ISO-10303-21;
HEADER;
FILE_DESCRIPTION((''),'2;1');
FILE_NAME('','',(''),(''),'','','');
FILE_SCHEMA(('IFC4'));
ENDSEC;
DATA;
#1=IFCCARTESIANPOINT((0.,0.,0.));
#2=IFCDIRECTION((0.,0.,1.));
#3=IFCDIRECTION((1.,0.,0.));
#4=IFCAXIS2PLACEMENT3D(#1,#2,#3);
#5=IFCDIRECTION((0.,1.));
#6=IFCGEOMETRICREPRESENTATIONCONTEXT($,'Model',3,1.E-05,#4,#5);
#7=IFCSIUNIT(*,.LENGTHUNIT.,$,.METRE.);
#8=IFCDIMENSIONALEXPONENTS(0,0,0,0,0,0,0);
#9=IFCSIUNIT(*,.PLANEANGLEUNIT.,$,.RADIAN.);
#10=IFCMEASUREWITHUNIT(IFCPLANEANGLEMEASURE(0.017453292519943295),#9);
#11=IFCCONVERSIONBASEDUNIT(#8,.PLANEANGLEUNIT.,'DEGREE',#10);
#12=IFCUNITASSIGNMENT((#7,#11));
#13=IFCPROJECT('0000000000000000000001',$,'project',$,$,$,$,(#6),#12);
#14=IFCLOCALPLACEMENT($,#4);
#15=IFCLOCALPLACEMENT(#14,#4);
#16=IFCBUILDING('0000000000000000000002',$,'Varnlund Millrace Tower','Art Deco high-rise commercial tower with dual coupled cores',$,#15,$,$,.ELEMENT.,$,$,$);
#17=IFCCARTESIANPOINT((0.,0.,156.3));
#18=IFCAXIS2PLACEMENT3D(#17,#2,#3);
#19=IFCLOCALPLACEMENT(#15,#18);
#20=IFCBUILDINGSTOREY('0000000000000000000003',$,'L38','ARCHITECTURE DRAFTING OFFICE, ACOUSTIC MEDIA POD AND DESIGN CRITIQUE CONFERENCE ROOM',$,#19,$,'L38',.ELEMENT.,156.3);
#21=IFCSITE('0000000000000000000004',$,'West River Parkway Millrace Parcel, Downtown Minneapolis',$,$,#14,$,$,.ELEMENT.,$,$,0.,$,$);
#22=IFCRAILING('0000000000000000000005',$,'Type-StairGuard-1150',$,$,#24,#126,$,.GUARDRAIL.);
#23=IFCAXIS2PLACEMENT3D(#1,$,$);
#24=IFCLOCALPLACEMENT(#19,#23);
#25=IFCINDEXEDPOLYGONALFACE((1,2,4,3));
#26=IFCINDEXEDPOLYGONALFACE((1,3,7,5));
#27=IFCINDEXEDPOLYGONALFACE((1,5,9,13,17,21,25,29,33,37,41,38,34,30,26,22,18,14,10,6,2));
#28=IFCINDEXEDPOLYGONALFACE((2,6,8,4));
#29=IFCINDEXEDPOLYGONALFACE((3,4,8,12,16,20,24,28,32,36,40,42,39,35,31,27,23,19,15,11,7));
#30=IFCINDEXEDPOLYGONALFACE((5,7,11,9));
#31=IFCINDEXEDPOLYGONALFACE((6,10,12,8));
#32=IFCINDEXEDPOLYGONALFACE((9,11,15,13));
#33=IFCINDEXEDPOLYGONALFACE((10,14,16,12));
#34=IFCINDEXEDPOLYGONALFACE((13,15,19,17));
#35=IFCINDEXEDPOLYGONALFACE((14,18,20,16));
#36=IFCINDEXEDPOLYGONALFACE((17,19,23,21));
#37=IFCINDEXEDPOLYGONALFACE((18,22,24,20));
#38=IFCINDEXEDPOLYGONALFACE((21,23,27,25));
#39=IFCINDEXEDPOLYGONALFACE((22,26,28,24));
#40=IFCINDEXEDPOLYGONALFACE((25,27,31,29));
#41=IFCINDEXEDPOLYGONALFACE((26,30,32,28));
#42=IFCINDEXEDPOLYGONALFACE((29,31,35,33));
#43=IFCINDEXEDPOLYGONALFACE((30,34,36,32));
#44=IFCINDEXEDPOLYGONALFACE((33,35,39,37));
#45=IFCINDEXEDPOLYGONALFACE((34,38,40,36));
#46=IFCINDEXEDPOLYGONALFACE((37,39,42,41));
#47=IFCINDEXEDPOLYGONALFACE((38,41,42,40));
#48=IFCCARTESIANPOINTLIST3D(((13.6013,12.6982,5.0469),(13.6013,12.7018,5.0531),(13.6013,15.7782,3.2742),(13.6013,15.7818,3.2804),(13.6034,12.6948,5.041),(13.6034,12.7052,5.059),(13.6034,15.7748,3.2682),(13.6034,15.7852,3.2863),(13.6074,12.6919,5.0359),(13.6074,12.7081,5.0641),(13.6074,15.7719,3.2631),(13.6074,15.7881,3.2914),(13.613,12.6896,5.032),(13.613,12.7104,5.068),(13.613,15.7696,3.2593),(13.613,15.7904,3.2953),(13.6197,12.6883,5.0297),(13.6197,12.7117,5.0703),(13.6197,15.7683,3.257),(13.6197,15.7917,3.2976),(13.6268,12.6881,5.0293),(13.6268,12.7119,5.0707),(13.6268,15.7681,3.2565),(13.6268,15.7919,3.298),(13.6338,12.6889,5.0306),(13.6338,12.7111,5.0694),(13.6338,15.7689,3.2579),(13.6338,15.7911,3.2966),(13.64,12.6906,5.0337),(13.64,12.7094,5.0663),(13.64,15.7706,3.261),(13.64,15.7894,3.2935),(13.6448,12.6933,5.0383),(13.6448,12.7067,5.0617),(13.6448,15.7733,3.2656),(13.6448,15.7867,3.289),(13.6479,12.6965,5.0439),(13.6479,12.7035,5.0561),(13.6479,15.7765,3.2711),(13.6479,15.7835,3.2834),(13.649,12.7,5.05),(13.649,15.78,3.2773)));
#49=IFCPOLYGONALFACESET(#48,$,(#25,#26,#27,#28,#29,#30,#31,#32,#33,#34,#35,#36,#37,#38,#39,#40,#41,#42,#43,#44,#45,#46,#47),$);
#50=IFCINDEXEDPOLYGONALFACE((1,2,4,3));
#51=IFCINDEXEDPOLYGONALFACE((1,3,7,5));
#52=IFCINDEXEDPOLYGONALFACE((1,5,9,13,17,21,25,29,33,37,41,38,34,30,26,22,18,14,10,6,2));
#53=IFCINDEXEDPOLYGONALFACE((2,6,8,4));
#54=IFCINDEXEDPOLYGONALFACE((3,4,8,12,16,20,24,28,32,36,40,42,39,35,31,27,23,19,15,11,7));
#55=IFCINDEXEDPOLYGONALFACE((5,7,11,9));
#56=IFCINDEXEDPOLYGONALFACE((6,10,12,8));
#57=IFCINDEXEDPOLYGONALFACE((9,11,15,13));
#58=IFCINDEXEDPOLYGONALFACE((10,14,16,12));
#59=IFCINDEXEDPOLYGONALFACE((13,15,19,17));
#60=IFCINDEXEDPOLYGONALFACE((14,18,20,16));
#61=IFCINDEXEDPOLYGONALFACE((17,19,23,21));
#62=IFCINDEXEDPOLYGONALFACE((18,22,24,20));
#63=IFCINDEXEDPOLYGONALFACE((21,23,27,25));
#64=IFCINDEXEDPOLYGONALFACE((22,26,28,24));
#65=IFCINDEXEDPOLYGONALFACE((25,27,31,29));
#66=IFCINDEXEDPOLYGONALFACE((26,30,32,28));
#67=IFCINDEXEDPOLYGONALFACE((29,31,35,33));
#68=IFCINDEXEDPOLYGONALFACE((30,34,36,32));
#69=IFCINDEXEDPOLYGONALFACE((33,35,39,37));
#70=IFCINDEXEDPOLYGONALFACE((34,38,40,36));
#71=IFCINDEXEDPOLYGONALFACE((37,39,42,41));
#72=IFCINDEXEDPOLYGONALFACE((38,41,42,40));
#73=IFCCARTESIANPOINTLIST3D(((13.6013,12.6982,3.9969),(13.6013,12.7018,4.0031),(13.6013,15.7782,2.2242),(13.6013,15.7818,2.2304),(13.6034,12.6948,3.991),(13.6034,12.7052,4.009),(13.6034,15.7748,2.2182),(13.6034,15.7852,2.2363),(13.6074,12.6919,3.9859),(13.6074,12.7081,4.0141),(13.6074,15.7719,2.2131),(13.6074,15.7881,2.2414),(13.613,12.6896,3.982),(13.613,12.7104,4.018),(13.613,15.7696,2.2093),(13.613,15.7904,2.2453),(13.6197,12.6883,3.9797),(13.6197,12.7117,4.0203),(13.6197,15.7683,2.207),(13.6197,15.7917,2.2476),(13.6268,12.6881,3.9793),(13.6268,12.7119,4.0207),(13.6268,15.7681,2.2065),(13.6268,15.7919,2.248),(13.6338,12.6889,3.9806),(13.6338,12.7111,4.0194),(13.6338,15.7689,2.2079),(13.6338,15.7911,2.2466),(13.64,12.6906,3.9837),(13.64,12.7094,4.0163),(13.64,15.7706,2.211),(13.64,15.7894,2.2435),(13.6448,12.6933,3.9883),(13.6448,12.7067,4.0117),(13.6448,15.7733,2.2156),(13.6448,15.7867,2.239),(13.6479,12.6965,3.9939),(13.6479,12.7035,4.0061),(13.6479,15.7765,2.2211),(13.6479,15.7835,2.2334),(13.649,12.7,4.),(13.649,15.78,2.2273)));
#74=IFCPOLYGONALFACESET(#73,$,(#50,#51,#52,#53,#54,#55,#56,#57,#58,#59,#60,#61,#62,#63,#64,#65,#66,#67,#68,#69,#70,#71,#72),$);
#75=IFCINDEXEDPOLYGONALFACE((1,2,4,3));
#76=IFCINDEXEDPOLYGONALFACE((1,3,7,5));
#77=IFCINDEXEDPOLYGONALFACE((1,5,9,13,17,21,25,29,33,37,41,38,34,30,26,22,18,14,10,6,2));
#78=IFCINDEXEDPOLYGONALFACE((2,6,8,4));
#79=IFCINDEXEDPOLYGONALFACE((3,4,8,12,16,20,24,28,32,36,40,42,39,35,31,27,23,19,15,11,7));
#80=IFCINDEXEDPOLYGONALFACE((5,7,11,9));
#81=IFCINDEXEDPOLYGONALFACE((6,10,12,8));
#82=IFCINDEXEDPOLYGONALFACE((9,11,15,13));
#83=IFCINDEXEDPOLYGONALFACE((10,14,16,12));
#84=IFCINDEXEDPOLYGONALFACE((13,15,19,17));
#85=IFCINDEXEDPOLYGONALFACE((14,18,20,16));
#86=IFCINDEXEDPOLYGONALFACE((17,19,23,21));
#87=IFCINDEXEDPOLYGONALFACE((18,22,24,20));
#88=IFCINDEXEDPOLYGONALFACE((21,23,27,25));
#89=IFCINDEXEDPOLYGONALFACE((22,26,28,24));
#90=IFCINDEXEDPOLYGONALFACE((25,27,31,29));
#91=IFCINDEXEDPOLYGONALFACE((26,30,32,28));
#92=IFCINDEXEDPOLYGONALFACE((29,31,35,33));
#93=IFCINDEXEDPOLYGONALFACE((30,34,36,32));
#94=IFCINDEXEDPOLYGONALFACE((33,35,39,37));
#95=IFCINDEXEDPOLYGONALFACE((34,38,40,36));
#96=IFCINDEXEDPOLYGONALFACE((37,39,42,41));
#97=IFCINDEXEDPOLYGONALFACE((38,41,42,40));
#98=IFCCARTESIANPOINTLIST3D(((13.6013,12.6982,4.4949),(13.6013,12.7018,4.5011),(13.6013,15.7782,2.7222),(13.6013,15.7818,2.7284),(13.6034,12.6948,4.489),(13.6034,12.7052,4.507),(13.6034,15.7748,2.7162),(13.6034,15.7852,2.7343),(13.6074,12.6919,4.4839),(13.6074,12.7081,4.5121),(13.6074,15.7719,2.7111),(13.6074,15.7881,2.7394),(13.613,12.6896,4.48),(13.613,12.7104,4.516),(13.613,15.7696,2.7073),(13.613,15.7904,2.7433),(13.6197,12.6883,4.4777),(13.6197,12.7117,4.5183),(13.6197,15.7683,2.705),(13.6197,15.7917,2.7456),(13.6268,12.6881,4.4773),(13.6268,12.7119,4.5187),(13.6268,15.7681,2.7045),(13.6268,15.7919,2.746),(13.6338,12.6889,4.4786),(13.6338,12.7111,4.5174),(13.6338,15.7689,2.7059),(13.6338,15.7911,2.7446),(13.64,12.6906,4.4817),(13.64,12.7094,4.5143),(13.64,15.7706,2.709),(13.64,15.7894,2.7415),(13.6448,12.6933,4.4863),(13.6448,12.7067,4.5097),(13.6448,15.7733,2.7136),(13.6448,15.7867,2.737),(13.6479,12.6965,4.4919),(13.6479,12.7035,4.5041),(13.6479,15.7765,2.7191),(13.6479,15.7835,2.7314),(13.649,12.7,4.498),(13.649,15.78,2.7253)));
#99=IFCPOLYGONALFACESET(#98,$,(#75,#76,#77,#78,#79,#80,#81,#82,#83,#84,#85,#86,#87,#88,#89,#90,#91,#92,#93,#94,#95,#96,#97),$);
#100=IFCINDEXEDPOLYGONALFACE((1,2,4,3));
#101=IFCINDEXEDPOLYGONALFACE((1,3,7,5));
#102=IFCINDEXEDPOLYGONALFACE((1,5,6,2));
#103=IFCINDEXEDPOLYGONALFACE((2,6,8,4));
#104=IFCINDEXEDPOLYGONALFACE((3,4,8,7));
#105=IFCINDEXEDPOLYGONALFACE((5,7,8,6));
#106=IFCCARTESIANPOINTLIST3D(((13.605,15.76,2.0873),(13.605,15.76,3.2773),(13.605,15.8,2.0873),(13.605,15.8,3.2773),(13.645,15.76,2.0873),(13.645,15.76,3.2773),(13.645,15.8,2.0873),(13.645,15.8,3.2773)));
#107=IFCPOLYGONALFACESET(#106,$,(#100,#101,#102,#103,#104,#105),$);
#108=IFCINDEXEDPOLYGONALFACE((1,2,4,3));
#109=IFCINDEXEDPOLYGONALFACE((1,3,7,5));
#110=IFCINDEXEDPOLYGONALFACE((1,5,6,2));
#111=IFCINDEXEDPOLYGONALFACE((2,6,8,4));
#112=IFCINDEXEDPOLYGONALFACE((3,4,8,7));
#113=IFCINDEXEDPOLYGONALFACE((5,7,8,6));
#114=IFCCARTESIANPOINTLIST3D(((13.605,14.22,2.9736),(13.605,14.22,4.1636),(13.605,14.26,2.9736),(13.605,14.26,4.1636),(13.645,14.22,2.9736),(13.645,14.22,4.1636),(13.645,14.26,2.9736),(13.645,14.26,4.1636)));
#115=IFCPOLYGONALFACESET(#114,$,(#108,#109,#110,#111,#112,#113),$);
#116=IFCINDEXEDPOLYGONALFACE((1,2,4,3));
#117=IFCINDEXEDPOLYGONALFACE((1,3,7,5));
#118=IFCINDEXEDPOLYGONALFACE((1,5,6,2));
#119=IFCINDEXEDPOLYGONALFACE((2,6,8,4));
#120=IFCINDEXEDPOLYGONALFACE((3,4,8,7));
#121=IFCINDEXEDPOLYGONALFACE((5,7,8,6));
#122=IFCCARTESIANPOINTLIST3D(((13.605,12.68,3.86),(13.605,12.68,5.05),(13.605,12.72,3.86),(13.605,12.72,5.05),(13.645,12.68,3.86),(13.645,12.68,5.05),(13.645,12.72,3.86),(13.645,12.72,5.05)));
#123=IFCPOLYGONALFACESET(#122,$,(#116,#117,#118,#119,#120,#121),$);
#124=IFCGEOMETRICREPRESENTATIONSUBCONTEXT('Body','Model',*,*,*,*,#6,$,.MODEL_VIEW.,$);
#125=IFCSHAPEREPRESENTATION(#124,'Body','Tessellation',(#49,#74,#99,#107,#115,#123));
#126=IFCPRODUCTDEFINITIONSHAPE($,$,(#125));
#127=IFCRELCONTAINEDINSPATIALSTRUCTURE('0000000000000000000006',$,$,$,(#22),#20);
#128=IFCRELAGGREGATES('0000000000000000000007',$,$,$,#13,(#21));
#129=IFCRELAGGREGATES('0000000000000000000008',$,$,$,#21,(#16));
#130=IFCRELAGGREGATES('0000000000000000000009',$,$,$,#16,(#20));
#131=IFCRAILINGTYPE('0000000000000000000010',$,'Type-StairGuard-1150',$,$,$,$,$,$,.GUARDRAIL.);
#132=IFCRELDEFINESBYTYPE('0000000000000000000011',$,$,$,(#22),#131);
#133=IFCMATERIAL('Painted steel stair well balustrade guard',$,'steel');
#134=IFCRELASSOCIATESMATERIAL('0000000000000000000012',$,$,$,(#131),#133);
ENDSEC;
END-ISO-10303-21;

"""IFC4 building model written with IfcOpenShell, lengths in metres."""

from ifc_helpers import new_model, entity, si_unit, converted_unit, direction, frame, origin_with_axes, origin_2d_with_axis, place, context, subcontext, project, spatial, rectangle, circle, extrude, material, type_object, element, save


model = new_model("IFC4")

# Units and contexts
model_context = context("Model", 3, precision=1e-05, world=origin_with_axes(), true_north=direction((0.0, 1.0)))
body_context = subcontext(model_context, "Body", "Model", "MODEL_VIEW")
ifc_project = project(units=[si_unit("LENGTHUNIT", "METRE"), converted_unit("PLANEANGLEUNIT", "DEGREE", entity("IfcPlaneAngleMeasure", 0.017453292519943295), si_unit("PLANEANGLEUNIT", "RADIAN"), dimensions=[0, 0, 0, 0, 0, 0, 0])], contexts=[model_context])

# Site, building, storey
site_placement = place(None, origin_with_axes())
site = spatial("IfcSite", under=ifc_project, at=site_placement, Name="West River Parkway Millrace Parcel, Downtown Minneapolis", CompositionType="ELEMENT", RefElevation=0.0)
building_placement = place(site_placement, origin_with_axes())
building = spatial("IfcBuilding", under=site, at=building_placement, Name="Varnlund Millrace Tower", Description="Art Deco high-rise commercial tower with dual coupled cores", CompositionType="ELEMENT")
storey_placement = place(building_placement, frame((0.0, 0.0, 156.3), z_axis=(0.0, 0.0, 1.0), x_axis=(1.0, 0.0, 0.0)))
storey = spatial("IfcBuildingStorey", under=building, at=storey_placement, Name="L38", Description="ARCHITECTURE DRAFTING OFFICE, ACOUSTIC MEDIA POD AND DESIGN CRITIQUE CONFERENCE ROOM", LongName="L38", CompositionType="ELEMENT", Elevation=156.3)

# Railing
ifc_material_1 = material(Name="Painted steel stair well balustrade guard", Category="steel")
railing_type_1 = type_object("IfcRailingType", Name="Type-StairGuard-1150", PredefinedType="GUARDRAIL", material=ifc_material_1)
railing_1_placement = place(storey_placement, frame((0.0, 0.0, -156.3), z_axis=(0.0, 0.0, 1.0), x_axis=(1.0, 0.0, 0.0)))
element("IfcRailing", 1, at=railing_1_placement, inside=storey, type_object=railing_type_1, Name="Type-StairGuard-1150", PredefinedType="GUARDRAIL", context=body_context, shape_type="SweptSolid", body=[
    extrude(circle(Radius=0.024, at=origin_2d_with_axis()), frame((13.625, 15.78, 159.5773), z_axis=(0.0, -0.866696, 0.498836), x_axis=(1.0, 0.0, 0.0)), (0.0, 0.0, 1.0), 3.5537),
    extrude(circle(Radius=0.024, at=origin_2d_with_axis()), frame((13.625, 15.78, 158.5273), z_axis=(0.0, -0.866696, 0.498836), x_axis=(1.0, 0.0, 0.0)), (0.0, 0.0, 1.0), 3.5537),
    extrude(circle(Radius=0.024, at=origin_2d_with_axis()), frame((13.625, 15.78, 159.0253), z_axis=(0.0, -0.866696, 0.498836), x_axis=(1.0, 0.0, 0.0)), (0.0, 0.0, 1.0), 3.5537),
    extrude(rectangle(XDim=0.04, YDim=0.04, at=origin_2d_with_axis()), frame((13.625, 15.78, 158.3873), z_axis=(0.0, 0.0, 1.0), x_axis=(1.0, 0.0, 0.0)), (0.0, 0.0, 1.0), 1.19),
    extrude(rectangle(XDim=0.04, YDim=0.04, at=origin_2d_with_axis()), frame((13.625, 14.24, 159.2736), z_axis=(0.0, 0.0, 1.0), x_axis=(1.0, 0.0, 0.0)), (0.0, 0.0, 1.0), 1.19),
    extrude(rectangle(XDim=0.04, YDim=0.04, at=origin_2d_with_axis()), frame((13.625, 12.7, 160.16), z_axis=(0.0, 0.0, 1.0), x_axis=(1.0, 0.0, 0.0)), (0.0, 0.0, 1.0), 1.19),
])

save(model, "model.ifc")
